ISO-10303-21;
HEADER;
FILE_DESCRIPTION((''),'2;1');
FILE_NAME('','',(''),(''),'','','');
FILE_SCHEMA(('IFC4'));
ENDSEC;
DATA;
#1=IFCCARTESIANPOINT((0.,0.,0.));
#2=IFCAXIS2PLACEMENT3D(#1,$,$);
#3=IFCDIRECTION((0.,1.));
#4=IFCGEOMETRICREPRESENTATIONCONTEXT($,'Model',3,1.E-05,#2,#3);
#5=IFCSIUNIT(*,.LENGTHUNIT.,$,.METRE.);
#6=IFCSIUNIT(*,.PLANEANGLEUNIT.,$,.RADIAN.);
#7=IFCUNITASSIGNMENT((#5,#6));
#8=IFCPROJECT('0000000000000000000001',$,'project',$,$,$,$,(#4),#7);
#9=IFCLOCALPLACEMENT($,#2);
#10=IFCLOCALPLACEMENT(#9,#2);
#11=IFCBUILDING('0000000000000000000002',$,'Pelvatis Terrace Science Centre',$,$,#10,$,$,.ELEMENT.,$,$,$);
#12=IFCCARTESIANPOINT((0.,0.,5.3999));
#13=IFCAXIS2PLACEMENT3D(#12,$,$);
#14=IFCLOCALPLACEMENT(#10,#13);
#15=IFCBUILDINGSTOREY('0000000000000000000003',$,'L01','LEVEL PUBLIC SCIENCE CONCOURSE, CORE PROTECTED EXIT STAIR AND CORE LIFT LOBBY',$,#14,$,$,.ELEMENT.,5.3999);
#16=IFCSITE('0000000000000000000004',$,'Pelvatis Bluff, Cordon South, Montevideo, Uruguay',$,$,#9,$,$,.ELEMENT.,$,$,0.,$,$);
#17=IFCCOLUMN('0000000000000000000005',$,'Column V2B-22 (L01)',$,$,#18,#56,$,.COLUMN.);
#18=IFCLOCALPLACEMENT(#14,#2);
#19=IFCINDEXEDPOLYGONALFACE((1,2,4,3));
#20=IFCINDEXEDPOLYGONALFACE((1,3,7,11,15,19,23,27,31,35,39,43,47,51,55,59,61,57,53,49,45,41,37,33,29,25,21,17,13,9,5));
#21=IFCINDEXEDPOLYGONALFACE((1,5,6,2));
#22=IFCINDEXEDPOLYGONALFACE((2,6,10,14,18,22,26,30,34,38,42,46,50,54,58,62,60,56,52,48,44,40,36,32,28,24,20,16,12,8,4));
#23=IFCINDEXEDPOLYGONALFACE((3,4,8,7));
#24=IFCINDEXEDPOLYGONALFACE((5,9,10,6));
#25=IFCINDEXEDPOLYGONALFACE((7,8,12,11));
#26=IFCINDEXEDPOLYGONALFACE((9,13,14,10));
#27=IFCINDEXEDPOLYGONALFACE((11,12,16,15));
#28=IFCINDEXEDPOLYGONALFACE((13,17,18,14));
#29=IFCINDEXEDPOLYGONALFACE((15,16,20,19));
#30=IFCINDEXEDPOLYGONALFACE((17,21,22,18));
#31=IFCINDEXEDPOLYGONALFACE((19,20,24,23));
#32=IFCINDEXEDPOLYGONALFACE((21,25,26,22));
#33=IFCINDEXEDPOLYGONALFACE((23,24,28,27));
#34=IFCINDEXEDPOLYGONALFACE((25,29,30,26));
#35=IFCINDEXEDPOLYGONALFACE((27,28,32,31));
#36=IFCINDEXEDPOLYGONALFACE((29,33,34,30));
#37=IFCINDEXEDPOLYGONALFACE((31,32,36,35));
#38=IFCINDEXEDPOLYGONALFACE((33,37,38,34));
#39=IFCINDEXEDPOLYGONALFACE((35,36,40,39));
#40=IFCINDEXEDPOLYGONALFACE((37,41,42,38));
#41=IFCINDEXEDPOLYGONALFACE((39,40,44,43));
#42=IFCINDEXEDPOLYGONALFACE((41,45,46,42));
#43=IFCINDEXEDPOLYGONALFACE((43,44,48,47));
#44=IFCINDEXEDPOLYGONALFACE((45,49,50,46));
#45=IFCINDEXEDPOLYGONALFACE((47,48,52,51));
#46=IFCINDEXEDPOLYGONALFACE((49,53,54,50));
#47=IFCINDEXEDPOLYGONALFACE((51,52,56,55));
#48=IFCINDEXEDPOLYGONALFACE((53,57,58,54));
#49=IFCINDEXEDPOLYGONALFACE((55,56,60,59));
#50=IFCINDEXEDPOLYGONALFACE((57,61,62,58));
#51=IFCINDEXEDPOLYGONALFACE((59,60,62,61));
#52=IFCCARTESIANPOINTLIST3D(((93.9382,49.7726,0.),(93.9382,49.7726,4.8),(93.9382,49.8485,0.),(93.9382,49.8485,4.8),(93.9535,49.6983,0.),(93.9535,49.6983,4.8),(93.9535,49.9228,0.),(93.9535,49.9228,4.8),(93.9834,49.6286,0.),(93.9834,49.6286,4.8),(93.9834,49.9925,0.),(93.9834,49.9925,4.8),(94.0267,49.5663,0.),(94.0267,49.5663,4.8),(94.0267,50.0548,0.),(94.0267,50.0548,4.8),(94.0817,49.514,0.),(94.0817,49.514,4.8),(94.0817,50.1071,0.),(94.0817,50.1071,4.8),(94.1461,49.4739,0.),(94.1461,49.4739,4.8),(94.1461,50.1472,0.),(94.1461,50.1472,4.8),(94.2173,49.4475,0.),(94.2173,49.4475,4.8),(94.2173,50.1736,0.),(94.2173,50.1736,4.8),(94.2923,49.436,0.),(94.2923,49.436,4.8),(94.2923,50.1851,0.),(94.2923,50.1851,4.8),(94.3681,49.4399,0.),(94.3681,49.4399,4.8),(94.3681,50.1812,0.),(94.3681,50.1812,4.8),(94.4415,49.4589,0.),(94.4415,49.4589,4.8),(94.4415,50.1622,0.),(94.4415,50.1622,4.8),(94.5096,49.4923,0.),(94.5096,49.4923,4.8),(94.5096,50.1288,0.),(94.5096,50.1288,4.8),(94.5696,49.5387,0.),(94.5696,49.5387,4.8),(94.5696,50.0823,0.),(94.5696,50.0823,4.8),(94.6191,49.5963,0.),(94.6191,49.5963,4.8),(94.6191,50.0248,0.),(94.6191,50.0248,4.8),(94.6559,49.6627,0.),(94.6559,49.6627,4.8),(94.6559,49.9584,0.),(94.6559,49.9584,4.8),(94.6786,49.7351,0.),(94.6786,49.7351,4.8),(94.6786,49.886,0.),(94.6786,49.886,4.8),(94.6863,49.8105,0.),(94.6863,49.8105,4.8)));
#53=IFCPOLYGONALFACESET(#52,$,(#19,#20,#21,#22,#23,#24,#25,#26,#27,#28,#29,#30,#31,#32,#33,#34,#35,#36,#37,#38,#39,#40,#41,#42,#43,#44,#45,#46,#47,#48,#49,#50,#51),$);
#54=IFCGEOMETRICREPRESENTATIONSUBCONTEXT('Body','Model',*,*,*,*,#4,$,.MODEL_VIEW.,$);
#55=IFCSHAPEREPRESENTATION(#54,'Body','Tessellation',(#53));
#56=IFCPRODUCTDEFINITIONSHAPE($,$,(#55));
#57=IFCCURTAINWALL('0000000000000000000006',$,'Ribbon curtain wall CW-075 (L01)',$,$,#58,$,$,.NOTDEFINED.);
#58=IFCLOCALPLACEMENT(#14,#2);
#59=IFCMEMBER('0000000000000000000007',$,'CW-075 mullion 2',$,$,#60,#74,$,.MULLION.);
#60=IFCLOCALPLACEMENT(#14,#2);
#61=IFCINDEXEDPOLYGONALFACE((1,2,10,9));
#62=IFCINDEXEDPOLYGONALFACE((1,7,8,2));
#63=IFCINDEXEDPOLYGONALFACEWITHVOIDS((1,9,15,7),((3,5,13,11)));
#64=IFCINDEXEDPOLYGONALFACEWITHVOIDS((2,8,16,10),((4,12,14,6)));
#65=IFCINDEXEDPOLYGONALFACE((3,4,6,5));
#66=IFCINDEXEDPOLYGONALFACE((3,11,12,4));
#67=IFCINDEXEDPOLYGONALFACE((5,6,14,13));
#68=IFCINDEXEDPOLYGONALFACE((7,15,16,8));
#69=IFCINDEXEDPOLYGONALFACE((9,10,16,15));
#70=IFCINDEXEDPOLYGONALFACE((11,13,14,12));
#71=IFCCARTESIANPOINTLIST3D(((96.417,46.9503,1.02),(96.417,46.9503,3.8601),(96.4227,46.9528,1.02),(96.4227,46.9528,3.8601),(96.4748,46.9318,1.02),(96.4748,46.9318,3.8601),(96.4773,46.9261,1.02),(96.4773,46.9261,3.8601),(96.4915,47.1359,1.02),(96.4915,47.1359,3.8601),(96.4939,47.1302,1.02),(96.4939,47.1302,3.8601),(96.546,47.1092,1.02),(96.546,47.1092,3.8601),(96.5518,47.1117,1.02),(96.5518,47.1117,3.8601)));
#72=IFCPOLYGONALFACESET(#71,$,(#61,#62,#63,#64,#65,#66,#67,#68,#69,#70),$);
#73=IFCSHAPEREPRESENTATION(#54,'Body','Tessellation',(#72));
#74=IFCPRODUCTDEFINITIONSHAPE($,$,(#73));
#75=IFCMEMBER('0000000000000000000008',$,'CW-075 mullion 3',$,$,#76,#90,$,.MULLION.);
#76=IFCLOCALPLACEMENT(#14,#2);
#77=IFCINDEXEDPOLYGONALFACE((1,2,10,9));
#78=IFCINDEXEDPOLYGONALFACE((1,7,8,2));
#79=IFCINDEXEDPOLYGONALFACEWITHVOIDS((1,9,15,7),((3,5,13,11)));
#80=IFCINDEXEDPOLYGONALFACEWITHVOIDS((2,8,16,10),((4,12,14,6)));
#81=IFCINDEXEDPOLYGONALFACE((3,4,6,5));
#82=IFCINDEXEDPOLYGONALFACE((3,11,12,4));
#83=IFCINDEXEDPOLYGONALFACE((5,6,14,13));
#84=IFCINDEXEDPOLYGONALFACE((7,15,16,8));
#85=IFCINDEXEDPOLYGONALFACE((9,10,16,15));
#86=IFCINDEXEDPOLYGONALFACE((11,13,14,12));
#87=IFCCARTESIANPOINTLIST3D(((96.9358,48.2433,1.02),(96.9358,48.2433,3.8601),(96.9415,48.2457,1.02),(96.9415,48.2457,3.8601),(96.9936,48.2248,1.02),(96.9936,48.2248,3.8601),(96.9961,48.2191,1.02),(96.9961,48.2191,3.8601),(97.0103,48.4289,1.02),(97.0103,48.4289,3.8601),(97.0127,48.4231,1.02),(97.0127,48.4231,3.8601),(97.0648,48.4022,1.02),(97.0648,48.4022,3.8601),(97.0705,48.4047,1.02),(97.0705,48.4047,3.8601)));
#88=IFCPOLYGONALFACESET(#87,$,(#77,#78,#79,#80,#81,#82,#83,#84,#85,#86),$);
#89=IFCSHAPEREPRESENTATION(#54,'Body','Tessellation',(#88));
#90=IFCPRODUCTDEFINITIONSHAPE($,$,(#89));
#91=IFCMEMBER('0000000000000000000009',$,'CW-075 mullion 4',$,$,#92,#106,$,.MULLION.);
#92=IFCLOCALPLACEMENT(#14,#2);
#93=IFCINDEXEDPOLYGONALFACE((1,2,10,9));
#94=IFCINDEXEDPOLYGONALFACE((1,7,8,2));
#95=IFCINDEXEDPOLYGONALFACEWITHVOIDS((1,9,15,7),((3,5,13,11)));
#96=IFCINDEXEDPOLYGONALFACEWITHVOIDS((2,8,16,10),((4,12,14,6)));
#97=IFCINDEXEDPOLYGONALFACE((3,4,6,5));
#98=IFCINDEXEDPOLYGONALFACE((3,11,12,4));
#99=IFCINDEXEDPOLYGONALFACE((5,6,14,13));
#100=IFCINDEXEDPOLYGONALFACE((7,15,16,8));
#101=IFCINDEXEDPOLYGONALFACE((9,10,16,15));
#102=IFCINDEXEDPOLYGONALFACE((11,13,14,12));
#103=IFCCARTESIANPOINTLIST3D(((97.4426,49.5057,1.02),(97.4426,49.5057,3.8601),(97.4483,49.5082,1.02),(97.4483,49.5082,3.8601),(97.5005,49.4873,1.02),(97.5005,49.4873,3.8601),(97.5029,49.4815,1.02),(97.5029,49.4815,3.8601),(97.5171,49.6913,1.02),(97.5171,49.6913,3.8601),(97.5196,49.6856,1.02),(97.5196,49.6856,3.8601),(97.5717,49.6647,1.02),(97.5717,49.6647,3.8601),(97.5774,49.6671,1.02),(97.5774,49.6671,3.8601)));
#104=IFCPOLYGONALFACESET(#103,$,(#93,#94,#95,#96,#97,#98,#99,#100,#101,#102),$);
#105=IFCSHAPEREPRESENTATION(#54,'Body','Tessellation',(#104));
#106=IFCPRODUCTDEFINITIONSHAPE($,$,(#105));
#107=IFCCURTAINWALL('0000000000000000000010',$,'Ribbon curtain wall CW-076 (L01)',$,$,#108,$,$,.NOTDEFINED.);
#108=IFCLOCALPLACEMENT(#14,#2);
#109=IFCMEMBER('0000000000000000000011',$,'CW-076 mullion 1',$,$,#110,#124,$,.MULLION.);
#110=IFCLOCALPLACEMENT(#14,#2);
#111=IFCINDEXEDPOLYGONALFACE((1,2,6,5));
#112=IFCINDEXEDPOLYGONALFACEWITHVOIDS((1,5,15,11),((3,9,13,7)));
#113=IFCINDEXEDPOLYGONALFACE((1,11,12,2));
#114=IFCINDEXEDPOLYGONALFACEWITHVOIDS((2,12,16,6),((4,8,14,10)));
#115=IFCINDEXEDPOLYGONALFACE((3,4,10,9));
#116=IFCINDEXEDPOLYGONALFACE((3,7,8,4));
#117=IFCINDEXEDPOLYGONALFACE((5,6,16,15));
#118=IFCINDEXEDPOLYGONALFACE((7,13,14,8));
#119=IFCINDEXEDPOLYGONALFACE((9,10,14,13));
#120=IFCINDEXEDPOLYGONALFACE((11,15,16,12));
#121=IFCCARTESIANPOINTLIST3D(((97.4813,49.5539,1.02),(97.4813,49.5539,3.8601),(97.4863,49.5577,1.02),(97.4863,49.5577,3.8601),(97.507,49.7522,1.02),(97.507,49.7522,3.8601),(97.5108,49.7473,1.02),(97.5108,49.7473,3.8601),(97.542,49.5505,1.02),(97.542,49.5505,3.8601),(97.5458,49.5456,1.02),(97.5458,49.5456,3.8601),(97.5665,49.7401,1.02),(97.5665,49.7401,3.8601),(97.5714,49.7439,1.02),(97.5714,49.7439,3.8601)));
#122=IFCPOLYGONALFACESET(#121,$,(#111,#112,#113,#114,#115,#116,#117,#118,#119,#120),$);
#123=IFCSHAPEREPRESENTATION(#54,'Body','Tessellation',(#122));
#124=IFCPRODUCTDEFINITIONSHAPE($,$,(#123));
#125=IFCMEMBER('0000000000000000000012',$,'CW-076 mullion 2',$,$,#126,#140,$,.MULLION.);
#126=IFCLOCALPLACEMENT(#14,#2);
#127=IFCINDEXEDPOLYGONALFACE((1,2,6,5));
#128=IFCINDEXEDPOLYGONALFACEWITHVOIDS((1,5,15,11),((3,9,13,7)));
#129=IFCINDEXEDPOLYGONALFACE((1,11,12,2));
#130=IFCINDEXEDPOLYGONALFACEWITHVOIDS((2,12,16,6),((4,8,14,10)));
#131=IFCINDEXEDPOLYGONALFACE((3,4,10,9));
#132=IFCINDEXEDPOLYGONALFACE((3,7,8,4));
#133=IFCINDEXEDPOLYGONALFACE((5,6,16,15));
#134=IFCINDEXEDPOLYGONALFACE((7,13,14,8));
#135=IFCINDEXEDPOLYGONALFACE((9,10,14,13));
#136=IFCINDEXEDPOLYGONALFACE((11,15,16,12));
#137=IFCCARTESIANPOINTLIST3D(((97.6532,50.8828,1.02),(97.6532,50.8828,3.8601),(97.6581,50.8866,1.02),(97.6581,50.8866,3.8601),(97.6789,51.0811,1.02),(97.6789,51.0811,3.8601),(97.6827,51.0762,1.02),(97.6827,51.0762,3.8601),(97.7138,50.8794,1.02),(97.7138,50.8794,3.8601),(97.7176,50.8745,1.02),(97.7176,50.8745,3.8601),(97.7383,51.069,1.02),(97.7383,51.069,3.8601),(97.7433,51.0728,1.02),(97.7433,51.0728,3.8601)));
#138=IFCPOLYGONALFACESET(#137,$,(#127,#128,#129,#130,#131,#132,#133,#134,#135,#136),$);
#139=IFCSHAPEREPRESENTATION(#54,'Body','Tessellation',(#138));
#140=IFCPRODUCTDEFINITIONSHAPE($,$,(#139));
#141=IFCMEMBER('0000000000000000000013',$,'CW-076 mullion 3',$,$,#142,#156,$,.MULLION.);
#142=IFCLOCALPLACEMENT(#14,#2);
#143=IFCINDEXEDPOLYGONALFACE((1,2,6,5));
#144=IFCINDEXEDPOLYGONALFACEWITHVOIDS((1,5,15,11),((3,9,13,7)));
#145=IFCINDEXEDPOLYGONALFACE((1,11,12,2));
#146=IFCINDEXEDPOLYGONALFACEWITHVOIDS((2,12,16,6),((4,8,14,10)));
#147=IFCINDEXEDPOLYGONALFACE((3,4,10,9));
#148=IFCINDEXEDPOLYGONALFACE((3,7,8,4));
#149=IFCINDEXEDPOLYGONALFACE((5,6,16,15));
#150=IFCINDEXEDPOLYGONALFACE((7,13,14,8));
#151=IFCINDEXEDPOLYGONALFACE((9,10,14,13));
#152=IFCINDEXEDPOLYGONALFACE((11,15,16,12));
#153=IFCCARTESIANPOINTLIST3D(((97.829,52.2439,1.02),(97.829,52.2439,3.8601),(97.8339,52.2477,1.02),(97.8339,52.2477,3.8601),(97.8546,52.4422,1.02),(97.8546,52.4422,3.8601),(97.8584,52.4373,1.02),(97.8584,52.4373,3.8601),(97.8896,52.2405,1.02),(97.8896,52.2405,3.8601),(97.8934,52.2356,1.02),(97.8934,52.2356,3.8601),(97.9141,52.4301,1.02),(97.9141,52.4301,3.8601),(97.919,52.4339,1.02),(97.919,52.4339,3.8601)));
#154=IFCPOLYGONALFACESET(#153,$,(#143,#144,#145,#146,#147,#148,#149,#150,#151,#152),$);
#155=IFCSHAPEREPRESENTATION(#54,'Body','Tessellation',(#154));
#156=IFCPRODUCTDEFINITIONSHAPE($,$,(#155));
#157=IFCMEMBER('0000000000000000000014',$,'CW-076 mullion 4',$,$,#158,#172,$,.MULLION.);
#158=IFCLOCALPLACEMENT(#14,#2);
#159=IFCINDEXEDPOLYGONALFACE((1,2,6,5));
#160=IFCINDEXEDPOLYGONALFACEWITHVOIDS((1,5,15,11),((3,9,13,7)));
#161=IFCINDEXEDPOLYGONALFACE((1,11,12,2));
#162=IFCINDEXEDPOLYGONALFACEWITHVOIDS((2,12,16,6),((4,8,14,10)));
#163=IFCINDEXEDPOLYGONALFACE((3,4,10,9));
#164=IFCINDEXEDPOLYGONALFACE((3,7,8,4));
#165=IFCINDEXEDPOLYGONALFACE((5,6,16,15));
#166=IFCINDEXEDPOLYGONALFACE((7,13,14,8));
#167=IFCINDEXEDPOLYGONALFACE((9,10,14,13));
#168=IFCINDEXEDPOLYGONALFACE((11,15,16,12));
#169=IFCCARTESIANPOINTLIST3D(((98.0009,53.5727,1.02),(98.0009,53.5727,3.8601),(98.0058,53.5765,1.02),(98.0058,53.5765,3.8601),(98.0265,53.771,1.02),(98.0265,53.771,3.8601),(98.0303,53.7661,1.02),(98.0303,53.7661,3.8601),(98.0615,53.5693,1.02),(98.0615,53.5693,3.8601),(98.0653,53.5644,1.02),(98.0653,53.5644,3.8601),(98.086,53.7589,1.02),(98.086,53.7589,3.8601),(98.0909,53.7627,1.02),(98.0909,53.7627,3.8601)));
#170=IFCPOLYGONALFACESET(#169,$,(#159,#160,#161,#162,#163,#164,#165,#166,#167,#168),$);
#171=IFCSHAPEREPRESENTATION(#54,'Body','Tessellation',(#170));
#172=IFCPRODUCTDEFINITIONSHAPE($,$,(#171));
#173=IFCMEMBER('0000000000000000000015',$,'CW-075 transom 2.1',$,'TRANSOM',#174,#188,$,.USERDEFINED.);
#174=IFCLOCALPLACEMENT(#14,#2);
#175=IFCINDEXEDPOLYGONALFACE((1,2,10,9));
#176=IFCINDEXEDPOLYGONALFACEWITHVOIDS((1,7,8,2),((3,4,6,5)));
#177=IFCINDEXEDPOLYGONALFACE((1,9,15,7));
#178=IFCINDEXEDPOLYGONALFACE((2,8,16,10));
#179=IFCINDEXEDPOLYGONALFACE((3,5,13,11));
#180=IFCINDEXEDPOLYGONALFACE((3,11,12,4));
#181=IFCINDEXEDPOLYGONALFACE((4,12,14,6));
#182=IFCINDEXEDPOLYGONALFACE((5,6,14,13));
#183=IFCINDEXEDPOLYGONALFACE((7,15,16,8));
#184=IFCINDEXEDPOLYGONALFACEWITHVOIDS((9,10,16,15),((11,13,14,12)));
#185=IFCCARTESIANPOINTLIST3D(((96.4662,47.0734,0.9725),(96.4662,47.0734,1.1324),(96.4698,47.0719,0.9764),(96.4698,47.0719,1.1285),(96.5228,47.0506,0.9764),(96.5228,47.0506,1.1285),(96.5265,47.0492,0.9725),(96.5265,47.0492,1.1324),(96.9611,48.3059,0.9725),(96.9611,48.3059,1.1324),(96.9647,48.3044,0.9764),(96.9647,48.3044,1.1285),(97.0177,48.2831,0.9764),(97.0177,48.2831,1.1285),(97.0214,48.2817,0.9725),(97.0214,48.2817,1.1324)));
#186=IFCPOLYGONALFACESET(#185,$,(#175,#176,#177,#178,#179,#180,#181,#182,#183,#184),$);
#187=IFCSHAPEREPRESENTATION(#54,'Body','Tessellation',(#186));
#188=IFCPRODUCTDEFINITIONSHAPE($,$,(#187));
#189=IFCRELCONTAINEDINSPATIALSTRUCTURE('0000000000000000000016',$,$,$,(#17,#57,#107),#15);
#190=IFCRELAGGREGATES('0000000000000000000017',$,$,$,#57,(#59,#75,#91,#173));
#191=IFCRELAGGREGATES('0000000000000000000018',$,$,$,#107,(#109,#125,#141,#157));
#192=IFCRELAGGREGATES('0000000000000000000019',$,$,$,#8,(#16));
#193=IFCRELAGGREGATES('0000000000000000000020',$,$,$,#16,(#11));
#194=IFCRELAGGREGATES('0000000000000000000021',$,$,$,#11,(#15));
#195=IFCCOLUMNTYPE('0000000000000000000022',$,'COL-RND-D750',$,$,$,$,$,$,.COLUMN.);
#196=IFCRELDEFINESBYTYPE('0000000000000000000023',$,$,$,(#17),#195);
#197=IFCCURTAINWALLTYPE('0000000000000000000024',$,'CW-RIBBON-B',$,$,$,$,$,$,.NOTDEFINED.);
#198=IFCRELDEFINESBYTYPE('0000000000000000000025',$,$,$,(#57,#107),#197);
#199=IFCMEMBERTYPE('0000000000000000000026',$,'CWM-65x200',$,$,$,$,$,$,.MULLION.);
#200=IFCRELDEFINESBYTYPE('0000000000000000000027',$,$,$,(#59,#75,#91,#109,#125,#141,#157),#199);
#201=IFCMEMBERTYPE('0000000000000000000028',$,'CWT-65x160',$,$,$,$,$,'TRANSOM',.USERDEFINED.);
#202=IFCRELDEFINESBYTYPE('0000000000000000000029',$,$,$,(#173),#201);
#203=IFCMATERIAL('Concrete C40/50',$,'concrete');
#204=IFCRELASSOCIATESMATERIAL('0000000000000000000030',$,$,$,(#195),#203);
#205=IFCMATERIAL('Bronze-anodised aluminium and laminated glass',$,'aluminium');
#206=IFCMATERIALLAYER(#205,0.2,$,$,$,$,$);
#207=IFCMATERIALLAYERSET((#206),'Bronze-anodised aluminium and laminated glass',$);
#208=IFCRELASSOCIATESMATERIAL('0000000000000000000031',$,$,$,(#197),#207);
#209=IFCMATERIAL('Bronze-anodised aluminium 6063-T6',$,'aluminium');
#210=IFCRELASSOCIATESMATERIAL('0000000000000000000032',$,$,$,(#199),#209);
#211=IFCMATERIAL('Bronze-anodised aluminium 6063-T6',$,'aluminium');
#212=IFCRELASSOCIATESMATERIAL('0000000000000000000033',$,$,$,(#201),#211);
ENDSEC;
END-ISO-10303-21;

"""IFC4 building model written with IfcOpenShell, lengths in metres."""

from ifc_helpers import new_model, si_unit, direction, frame, origin, origin_2d, place, context, subcontext, project, spatial, hollow_rectangle, circle, extrude, material, layer, layer_set, material_profile, profile_set, type_object, element, aggregate, save


model = new_model("IFC4")

# Units and contexts
model_context = context("Model", 3, precision=1e-05, world=origin(), true_north=direction((0.0, 1.0)))
body_context = subcontext(model_context, "Body", "Model", "MODEL_VIEW")
ifc_project = project(units=[si_unit("LENGTHUNIT", "METRE"), si_unit("PLANEANGLEUNIT", "RADIAN")], contexts=[model_context])

# Site, building, storey
site_placement = place(None, origin())
site = spatial("IfcSite", under=ifc_project, at=site_placement, Name="Pelvatis Bluff, Cordon South, Montevideo, Uruguay", CompositionType="ELEMENT", RefElevation=0.0)
building_placement = place(site_placement, origin())
building = spatial("IfcBuilding", under=site, at=building_placement, Name="Pelvatis Terrace Science Centre", CompositionType="ELEMENT")
storey_placement = place(building_placement, frame((0.0, 0.0, 5.3999)))
storey = spatial("IfcBuildingStorey", under=building, at=storey_placement, Name="L01", Description="LEVEL PUBLIC SCIENCE CONCOURSE, CORE PROTECTED EXIT STAIR AND CORE LIFT LOBBY", CompositionType="ELEMENT", Elevation=5.3999)

# Column
ifc_material_1 = material(Name="Concrete C40/50", Category="concrete")
ifc_material_profile_1 = material_profile(ifc_material_1, circle(Radius=0.375, at=origin_2d()), Name="RC-RCOL D750")
ifc_profile_set_1 = profile_set([ifc_material_profile_1], Name="Concrete C40/50")
column_type = type_object("IfcColumnType", Name="COL-RND-D750", PredefinedType="COLUMN", material=ifc_profile_set_1)
column_placement = place(storey_placement, frame((94.3113, 49.8105, 0.0), z_axis=(0.0, 0.0, 1.0), x_axis=(1.0, 0.0, 0.0)))
element("IfcColumn", 1, at=column_placement, inside=storey, type_object=column_type, Name="Column V2B-22 (L01)", PredefinedType="COLUMN", context=body_context, shape_type="SweptSolid", body=[
    extrude(circle(Radius=0.375, at=origin_2d()), origin(), (0.0, 0.0, 1.0), 4.8),
])

# Curtain walls, members
ifc_material_2 = material(Name="Bronze-anodised aluminium and laminated glass", Category="aluminium")
ifc_layer_1 = layer(ifc_material_2, 0.2)
ifc_layer_set_1 = layer_set([ifc_layer_1], Name="Bronze-anodised aluminium and laminated glass")
curtain_wall_type = type_object("IfcCurtainWallType", Name="CW-RIBBON-B", PredefinedType="NOTDEFINED", material=ifc_layer_set_1)
curtain_wall_1_placement = place(storey_placement, origin())
curtain_wall_1 = element("IfcCurtainWall", 2, at=curtain_wall_1_placement, inside=storey, type_object=curtain_wall_type, Name="Ribbon curtain wall CW-075 (L01)", PredefinedType="NOTDEFINED")
ifc_material_3 = material(Name="Bronze-anodised aluminium 6063-T6", Category="aluminium")
ifc_material_profile_2 = material_profile(ifc_material_3, hollow_rectangle(XDim=0.0649, YDim=0.2, WallThickness=0.0044, at=origin_2d()), Name="ALU-MUL 65x200")
ifc_profile_set_2 = profile_set([ifc_material_profile_2], Name="Bronze-anodised aluminium 6063-T6")
member_type_1 = type_object("IfcMemberType", Name="CWM-65x200", PredefinedType="MULLION", material=ifc_profile_set_2)
member_1_placement = place(storey_placement, frame((96.4844, 47.031, 1.02), z_axis=(0.0, 0.0, 1.0), x_axis=(-0.92803, 0.372504, 0.0)))
member_1 = element("IfcMember", 3, at=member_1_placement, type_object=member_type_1, Name="CW-075 mullion 2", PredefinedType="MULLION", context=body_context, shape_type="SweptSolid", body=[
    extrude(hollow_rectangle(XDim=0.0649, YDim=0.2, WallThickness=0.0044, at=origin_2d()), origin(), (0.0, 0.0, 1.0), 2.8401),
])
member_2_placement = place(storey_placement, frame((97.0032, 48.324, 1.02), z_axis=(0.0, 0.0, 1.0), x_axis=(-0.92803, 0.372504, 0.0)))
member_2 = element("IfcMember", 4, at=member_2_placement, type_object=member_type_1, Name="CW-075 mullion 3", PredefinedType="MULLION", context=body_context, shape_type="SweptSolid", body=[
    extrude(hollow_rectangle(XDim=0.0649, YDim=0.2, WallThickness=0.0044, at=origin_2d()), origin(), (0.0, 0.0, 1.0), 2.8401),
])
member_3_placement = place(storey_placement, frame((97.51, 49.5864, 1.02), z_axis=(0.0, 0.0, 1.0), x_axis=(-0.92803, 0.372504, 0.0)))
member_3 = element("IfcMember", 5, at=member_3_placement, type_object=member_type_1, Name="CW-075 mullion 4", PredefinedType="MULLION", context=body_context, shape_type="SweptSolid", body=[
    extrude(hollow_rectangle(XDim=0.0649, YDim=0.2, WallThickness=0.0044, at=origin_2d()), origin(), (0.0, 0.0, 1.0), 2.8401),
])
curtain_wall_2_placement = place(storey_placement, origin())
curtain_wall_2 = element("IfcCurtainWall", 6, at=curtain_wall_2_placement, inside=storey, type_object=curtain_wall_type, Name="Ribbon curtain wall CW-076 (L01)", PredefinedType="NOTDEFINED")
member_4_placement = place(storey_placement, frame((97.5264, 49.6489, 1.02), z_axis=(0.0, 0.0, 1.0), x_axis=(-0.991749, 0.128192, 0.0)))
member_4 = element("IfcMember", 7, at=member_4_placement, type_object=member_type_1, Name="CW-076 mullion 1", PredefinedType="MULLION", context=body_context, shape_type="SweptSolid", body=[
    extrude(hollow_rectangle(XDim=0.0649, YDim=0.2, WallThickness=0.0044, at=origin_2d()), origin(), (0.0, 0.0, 1.0), 2.8401),
])
member_5_placement = place(storey_placement, frame((97.6982, 50.9778, 1.02), z_axis=(0.0, 0.0, 1.0), x_axis=(-0.991749, 0.128192, 0.0)))
member_5 = element("IfcMember", 8, at=member_5_placement, type_object=member_type_1, Name="CW-076 mullion 2", PredefinedType="MULLION", context=body_context, shape_type="SweptSolid", body=[
    extrude(hollow_rectangle(XDim=0.0649, YDim=0.2, WallThickness=0.0044, at=origin_2d()), origin(), (0.0, 0.0, 1.0), 2.8401),
])
member_6_placement = place(storey_placement, frame((97.874, 52.3389, 1.02), z_axis=(0.0, 0.0, 1.0), x_axis=(-0.991749, 0.128192, 0.0)))
member_6 = element("IfcMember", 9, at=member_6_placement, type_object=member_type_1, Name="CW-076 mullion 3", PredefinedType="MULLION", context=body_context, shape_type="SweptSolid", body=[
    extrude(hollow_rectangle(XDim=0.0649, YDim=0.2, WallThickness=0.0044, at=origin_2d()), origin(), (0.0, 0.0, 1.0), 2.8401),
])
member_7_placement = place(storey_placement, frame((98.0459, 53.6677, 1.02), z_axis=(0.0, 0.0, 1.0), x_axis=(-0.991749, 0.128192, 0.0)))
member_7 = element("IfcMember", 10, at=member_7_placement, type_object=member_type_1, Name="CW-076 mullion 4", PredefinedType="MULLION", context=body_context, shape_type="SweptSolid", body=[
    extrude(hollow_rectangle(XDim=0.0649, YDim=0.2, WallThickness=0.0044, at=origin_2d()), origin(), (0.0, 0.0, 1.0), 2.8401),
])

# Member
ifc_material_4 = material(Name="Bronze-anodised aluminium 6063-T6", Category="aluminium")
ifc_material_profile_3 = material_profile(ifc_material_4, hollow_rectangle(XDim=0.0649, YDim=0.1599, WallThickness=0.0039, at=origin_2d()), Name="ALU-TRN 65x160")
ifc_profile_set_3 = profile_set([ifc_material_profile_3], Name="Bronze-anodised aluminium 6063-T6")
member_type_2 = type_object("IfcMemberType", Name="CWT-65x160", ElementType="TRANSOM", PredefinedType="USERDEFINED", material=ifc_profile_set_3)
member_8_placement = place(storey_placement, frame((96.4963, 47.0613, 1.0525), z_axis=(0.372626, 0.927981, 0.0), x_axis=(-0.927981, 0.372626, 0.0)))
member_8 = element("IfcMember", 11, at=member_8_placement, type_object=member_type_2, Name="CW-075 transom 2.1", ObjectType="TRANSOM", PredefinedType="USERDEFINED", context=body_context, shape_type="SweptSolid", body=[
    extrude(hollow_rectangle(XDim=0.0649, YDim=0.1599, WallThickness=0.0039, at=origin_2d()), origin(), (0.0, 0.0, 1.0), 1.3281),
])

aggregate(curtain_wall_1, [member_1, member_2, member_3, member_8])
aggregate(curtain_wall_2, [member_4, member_5, member_6, member_7])

save(model, "model.ifc")
